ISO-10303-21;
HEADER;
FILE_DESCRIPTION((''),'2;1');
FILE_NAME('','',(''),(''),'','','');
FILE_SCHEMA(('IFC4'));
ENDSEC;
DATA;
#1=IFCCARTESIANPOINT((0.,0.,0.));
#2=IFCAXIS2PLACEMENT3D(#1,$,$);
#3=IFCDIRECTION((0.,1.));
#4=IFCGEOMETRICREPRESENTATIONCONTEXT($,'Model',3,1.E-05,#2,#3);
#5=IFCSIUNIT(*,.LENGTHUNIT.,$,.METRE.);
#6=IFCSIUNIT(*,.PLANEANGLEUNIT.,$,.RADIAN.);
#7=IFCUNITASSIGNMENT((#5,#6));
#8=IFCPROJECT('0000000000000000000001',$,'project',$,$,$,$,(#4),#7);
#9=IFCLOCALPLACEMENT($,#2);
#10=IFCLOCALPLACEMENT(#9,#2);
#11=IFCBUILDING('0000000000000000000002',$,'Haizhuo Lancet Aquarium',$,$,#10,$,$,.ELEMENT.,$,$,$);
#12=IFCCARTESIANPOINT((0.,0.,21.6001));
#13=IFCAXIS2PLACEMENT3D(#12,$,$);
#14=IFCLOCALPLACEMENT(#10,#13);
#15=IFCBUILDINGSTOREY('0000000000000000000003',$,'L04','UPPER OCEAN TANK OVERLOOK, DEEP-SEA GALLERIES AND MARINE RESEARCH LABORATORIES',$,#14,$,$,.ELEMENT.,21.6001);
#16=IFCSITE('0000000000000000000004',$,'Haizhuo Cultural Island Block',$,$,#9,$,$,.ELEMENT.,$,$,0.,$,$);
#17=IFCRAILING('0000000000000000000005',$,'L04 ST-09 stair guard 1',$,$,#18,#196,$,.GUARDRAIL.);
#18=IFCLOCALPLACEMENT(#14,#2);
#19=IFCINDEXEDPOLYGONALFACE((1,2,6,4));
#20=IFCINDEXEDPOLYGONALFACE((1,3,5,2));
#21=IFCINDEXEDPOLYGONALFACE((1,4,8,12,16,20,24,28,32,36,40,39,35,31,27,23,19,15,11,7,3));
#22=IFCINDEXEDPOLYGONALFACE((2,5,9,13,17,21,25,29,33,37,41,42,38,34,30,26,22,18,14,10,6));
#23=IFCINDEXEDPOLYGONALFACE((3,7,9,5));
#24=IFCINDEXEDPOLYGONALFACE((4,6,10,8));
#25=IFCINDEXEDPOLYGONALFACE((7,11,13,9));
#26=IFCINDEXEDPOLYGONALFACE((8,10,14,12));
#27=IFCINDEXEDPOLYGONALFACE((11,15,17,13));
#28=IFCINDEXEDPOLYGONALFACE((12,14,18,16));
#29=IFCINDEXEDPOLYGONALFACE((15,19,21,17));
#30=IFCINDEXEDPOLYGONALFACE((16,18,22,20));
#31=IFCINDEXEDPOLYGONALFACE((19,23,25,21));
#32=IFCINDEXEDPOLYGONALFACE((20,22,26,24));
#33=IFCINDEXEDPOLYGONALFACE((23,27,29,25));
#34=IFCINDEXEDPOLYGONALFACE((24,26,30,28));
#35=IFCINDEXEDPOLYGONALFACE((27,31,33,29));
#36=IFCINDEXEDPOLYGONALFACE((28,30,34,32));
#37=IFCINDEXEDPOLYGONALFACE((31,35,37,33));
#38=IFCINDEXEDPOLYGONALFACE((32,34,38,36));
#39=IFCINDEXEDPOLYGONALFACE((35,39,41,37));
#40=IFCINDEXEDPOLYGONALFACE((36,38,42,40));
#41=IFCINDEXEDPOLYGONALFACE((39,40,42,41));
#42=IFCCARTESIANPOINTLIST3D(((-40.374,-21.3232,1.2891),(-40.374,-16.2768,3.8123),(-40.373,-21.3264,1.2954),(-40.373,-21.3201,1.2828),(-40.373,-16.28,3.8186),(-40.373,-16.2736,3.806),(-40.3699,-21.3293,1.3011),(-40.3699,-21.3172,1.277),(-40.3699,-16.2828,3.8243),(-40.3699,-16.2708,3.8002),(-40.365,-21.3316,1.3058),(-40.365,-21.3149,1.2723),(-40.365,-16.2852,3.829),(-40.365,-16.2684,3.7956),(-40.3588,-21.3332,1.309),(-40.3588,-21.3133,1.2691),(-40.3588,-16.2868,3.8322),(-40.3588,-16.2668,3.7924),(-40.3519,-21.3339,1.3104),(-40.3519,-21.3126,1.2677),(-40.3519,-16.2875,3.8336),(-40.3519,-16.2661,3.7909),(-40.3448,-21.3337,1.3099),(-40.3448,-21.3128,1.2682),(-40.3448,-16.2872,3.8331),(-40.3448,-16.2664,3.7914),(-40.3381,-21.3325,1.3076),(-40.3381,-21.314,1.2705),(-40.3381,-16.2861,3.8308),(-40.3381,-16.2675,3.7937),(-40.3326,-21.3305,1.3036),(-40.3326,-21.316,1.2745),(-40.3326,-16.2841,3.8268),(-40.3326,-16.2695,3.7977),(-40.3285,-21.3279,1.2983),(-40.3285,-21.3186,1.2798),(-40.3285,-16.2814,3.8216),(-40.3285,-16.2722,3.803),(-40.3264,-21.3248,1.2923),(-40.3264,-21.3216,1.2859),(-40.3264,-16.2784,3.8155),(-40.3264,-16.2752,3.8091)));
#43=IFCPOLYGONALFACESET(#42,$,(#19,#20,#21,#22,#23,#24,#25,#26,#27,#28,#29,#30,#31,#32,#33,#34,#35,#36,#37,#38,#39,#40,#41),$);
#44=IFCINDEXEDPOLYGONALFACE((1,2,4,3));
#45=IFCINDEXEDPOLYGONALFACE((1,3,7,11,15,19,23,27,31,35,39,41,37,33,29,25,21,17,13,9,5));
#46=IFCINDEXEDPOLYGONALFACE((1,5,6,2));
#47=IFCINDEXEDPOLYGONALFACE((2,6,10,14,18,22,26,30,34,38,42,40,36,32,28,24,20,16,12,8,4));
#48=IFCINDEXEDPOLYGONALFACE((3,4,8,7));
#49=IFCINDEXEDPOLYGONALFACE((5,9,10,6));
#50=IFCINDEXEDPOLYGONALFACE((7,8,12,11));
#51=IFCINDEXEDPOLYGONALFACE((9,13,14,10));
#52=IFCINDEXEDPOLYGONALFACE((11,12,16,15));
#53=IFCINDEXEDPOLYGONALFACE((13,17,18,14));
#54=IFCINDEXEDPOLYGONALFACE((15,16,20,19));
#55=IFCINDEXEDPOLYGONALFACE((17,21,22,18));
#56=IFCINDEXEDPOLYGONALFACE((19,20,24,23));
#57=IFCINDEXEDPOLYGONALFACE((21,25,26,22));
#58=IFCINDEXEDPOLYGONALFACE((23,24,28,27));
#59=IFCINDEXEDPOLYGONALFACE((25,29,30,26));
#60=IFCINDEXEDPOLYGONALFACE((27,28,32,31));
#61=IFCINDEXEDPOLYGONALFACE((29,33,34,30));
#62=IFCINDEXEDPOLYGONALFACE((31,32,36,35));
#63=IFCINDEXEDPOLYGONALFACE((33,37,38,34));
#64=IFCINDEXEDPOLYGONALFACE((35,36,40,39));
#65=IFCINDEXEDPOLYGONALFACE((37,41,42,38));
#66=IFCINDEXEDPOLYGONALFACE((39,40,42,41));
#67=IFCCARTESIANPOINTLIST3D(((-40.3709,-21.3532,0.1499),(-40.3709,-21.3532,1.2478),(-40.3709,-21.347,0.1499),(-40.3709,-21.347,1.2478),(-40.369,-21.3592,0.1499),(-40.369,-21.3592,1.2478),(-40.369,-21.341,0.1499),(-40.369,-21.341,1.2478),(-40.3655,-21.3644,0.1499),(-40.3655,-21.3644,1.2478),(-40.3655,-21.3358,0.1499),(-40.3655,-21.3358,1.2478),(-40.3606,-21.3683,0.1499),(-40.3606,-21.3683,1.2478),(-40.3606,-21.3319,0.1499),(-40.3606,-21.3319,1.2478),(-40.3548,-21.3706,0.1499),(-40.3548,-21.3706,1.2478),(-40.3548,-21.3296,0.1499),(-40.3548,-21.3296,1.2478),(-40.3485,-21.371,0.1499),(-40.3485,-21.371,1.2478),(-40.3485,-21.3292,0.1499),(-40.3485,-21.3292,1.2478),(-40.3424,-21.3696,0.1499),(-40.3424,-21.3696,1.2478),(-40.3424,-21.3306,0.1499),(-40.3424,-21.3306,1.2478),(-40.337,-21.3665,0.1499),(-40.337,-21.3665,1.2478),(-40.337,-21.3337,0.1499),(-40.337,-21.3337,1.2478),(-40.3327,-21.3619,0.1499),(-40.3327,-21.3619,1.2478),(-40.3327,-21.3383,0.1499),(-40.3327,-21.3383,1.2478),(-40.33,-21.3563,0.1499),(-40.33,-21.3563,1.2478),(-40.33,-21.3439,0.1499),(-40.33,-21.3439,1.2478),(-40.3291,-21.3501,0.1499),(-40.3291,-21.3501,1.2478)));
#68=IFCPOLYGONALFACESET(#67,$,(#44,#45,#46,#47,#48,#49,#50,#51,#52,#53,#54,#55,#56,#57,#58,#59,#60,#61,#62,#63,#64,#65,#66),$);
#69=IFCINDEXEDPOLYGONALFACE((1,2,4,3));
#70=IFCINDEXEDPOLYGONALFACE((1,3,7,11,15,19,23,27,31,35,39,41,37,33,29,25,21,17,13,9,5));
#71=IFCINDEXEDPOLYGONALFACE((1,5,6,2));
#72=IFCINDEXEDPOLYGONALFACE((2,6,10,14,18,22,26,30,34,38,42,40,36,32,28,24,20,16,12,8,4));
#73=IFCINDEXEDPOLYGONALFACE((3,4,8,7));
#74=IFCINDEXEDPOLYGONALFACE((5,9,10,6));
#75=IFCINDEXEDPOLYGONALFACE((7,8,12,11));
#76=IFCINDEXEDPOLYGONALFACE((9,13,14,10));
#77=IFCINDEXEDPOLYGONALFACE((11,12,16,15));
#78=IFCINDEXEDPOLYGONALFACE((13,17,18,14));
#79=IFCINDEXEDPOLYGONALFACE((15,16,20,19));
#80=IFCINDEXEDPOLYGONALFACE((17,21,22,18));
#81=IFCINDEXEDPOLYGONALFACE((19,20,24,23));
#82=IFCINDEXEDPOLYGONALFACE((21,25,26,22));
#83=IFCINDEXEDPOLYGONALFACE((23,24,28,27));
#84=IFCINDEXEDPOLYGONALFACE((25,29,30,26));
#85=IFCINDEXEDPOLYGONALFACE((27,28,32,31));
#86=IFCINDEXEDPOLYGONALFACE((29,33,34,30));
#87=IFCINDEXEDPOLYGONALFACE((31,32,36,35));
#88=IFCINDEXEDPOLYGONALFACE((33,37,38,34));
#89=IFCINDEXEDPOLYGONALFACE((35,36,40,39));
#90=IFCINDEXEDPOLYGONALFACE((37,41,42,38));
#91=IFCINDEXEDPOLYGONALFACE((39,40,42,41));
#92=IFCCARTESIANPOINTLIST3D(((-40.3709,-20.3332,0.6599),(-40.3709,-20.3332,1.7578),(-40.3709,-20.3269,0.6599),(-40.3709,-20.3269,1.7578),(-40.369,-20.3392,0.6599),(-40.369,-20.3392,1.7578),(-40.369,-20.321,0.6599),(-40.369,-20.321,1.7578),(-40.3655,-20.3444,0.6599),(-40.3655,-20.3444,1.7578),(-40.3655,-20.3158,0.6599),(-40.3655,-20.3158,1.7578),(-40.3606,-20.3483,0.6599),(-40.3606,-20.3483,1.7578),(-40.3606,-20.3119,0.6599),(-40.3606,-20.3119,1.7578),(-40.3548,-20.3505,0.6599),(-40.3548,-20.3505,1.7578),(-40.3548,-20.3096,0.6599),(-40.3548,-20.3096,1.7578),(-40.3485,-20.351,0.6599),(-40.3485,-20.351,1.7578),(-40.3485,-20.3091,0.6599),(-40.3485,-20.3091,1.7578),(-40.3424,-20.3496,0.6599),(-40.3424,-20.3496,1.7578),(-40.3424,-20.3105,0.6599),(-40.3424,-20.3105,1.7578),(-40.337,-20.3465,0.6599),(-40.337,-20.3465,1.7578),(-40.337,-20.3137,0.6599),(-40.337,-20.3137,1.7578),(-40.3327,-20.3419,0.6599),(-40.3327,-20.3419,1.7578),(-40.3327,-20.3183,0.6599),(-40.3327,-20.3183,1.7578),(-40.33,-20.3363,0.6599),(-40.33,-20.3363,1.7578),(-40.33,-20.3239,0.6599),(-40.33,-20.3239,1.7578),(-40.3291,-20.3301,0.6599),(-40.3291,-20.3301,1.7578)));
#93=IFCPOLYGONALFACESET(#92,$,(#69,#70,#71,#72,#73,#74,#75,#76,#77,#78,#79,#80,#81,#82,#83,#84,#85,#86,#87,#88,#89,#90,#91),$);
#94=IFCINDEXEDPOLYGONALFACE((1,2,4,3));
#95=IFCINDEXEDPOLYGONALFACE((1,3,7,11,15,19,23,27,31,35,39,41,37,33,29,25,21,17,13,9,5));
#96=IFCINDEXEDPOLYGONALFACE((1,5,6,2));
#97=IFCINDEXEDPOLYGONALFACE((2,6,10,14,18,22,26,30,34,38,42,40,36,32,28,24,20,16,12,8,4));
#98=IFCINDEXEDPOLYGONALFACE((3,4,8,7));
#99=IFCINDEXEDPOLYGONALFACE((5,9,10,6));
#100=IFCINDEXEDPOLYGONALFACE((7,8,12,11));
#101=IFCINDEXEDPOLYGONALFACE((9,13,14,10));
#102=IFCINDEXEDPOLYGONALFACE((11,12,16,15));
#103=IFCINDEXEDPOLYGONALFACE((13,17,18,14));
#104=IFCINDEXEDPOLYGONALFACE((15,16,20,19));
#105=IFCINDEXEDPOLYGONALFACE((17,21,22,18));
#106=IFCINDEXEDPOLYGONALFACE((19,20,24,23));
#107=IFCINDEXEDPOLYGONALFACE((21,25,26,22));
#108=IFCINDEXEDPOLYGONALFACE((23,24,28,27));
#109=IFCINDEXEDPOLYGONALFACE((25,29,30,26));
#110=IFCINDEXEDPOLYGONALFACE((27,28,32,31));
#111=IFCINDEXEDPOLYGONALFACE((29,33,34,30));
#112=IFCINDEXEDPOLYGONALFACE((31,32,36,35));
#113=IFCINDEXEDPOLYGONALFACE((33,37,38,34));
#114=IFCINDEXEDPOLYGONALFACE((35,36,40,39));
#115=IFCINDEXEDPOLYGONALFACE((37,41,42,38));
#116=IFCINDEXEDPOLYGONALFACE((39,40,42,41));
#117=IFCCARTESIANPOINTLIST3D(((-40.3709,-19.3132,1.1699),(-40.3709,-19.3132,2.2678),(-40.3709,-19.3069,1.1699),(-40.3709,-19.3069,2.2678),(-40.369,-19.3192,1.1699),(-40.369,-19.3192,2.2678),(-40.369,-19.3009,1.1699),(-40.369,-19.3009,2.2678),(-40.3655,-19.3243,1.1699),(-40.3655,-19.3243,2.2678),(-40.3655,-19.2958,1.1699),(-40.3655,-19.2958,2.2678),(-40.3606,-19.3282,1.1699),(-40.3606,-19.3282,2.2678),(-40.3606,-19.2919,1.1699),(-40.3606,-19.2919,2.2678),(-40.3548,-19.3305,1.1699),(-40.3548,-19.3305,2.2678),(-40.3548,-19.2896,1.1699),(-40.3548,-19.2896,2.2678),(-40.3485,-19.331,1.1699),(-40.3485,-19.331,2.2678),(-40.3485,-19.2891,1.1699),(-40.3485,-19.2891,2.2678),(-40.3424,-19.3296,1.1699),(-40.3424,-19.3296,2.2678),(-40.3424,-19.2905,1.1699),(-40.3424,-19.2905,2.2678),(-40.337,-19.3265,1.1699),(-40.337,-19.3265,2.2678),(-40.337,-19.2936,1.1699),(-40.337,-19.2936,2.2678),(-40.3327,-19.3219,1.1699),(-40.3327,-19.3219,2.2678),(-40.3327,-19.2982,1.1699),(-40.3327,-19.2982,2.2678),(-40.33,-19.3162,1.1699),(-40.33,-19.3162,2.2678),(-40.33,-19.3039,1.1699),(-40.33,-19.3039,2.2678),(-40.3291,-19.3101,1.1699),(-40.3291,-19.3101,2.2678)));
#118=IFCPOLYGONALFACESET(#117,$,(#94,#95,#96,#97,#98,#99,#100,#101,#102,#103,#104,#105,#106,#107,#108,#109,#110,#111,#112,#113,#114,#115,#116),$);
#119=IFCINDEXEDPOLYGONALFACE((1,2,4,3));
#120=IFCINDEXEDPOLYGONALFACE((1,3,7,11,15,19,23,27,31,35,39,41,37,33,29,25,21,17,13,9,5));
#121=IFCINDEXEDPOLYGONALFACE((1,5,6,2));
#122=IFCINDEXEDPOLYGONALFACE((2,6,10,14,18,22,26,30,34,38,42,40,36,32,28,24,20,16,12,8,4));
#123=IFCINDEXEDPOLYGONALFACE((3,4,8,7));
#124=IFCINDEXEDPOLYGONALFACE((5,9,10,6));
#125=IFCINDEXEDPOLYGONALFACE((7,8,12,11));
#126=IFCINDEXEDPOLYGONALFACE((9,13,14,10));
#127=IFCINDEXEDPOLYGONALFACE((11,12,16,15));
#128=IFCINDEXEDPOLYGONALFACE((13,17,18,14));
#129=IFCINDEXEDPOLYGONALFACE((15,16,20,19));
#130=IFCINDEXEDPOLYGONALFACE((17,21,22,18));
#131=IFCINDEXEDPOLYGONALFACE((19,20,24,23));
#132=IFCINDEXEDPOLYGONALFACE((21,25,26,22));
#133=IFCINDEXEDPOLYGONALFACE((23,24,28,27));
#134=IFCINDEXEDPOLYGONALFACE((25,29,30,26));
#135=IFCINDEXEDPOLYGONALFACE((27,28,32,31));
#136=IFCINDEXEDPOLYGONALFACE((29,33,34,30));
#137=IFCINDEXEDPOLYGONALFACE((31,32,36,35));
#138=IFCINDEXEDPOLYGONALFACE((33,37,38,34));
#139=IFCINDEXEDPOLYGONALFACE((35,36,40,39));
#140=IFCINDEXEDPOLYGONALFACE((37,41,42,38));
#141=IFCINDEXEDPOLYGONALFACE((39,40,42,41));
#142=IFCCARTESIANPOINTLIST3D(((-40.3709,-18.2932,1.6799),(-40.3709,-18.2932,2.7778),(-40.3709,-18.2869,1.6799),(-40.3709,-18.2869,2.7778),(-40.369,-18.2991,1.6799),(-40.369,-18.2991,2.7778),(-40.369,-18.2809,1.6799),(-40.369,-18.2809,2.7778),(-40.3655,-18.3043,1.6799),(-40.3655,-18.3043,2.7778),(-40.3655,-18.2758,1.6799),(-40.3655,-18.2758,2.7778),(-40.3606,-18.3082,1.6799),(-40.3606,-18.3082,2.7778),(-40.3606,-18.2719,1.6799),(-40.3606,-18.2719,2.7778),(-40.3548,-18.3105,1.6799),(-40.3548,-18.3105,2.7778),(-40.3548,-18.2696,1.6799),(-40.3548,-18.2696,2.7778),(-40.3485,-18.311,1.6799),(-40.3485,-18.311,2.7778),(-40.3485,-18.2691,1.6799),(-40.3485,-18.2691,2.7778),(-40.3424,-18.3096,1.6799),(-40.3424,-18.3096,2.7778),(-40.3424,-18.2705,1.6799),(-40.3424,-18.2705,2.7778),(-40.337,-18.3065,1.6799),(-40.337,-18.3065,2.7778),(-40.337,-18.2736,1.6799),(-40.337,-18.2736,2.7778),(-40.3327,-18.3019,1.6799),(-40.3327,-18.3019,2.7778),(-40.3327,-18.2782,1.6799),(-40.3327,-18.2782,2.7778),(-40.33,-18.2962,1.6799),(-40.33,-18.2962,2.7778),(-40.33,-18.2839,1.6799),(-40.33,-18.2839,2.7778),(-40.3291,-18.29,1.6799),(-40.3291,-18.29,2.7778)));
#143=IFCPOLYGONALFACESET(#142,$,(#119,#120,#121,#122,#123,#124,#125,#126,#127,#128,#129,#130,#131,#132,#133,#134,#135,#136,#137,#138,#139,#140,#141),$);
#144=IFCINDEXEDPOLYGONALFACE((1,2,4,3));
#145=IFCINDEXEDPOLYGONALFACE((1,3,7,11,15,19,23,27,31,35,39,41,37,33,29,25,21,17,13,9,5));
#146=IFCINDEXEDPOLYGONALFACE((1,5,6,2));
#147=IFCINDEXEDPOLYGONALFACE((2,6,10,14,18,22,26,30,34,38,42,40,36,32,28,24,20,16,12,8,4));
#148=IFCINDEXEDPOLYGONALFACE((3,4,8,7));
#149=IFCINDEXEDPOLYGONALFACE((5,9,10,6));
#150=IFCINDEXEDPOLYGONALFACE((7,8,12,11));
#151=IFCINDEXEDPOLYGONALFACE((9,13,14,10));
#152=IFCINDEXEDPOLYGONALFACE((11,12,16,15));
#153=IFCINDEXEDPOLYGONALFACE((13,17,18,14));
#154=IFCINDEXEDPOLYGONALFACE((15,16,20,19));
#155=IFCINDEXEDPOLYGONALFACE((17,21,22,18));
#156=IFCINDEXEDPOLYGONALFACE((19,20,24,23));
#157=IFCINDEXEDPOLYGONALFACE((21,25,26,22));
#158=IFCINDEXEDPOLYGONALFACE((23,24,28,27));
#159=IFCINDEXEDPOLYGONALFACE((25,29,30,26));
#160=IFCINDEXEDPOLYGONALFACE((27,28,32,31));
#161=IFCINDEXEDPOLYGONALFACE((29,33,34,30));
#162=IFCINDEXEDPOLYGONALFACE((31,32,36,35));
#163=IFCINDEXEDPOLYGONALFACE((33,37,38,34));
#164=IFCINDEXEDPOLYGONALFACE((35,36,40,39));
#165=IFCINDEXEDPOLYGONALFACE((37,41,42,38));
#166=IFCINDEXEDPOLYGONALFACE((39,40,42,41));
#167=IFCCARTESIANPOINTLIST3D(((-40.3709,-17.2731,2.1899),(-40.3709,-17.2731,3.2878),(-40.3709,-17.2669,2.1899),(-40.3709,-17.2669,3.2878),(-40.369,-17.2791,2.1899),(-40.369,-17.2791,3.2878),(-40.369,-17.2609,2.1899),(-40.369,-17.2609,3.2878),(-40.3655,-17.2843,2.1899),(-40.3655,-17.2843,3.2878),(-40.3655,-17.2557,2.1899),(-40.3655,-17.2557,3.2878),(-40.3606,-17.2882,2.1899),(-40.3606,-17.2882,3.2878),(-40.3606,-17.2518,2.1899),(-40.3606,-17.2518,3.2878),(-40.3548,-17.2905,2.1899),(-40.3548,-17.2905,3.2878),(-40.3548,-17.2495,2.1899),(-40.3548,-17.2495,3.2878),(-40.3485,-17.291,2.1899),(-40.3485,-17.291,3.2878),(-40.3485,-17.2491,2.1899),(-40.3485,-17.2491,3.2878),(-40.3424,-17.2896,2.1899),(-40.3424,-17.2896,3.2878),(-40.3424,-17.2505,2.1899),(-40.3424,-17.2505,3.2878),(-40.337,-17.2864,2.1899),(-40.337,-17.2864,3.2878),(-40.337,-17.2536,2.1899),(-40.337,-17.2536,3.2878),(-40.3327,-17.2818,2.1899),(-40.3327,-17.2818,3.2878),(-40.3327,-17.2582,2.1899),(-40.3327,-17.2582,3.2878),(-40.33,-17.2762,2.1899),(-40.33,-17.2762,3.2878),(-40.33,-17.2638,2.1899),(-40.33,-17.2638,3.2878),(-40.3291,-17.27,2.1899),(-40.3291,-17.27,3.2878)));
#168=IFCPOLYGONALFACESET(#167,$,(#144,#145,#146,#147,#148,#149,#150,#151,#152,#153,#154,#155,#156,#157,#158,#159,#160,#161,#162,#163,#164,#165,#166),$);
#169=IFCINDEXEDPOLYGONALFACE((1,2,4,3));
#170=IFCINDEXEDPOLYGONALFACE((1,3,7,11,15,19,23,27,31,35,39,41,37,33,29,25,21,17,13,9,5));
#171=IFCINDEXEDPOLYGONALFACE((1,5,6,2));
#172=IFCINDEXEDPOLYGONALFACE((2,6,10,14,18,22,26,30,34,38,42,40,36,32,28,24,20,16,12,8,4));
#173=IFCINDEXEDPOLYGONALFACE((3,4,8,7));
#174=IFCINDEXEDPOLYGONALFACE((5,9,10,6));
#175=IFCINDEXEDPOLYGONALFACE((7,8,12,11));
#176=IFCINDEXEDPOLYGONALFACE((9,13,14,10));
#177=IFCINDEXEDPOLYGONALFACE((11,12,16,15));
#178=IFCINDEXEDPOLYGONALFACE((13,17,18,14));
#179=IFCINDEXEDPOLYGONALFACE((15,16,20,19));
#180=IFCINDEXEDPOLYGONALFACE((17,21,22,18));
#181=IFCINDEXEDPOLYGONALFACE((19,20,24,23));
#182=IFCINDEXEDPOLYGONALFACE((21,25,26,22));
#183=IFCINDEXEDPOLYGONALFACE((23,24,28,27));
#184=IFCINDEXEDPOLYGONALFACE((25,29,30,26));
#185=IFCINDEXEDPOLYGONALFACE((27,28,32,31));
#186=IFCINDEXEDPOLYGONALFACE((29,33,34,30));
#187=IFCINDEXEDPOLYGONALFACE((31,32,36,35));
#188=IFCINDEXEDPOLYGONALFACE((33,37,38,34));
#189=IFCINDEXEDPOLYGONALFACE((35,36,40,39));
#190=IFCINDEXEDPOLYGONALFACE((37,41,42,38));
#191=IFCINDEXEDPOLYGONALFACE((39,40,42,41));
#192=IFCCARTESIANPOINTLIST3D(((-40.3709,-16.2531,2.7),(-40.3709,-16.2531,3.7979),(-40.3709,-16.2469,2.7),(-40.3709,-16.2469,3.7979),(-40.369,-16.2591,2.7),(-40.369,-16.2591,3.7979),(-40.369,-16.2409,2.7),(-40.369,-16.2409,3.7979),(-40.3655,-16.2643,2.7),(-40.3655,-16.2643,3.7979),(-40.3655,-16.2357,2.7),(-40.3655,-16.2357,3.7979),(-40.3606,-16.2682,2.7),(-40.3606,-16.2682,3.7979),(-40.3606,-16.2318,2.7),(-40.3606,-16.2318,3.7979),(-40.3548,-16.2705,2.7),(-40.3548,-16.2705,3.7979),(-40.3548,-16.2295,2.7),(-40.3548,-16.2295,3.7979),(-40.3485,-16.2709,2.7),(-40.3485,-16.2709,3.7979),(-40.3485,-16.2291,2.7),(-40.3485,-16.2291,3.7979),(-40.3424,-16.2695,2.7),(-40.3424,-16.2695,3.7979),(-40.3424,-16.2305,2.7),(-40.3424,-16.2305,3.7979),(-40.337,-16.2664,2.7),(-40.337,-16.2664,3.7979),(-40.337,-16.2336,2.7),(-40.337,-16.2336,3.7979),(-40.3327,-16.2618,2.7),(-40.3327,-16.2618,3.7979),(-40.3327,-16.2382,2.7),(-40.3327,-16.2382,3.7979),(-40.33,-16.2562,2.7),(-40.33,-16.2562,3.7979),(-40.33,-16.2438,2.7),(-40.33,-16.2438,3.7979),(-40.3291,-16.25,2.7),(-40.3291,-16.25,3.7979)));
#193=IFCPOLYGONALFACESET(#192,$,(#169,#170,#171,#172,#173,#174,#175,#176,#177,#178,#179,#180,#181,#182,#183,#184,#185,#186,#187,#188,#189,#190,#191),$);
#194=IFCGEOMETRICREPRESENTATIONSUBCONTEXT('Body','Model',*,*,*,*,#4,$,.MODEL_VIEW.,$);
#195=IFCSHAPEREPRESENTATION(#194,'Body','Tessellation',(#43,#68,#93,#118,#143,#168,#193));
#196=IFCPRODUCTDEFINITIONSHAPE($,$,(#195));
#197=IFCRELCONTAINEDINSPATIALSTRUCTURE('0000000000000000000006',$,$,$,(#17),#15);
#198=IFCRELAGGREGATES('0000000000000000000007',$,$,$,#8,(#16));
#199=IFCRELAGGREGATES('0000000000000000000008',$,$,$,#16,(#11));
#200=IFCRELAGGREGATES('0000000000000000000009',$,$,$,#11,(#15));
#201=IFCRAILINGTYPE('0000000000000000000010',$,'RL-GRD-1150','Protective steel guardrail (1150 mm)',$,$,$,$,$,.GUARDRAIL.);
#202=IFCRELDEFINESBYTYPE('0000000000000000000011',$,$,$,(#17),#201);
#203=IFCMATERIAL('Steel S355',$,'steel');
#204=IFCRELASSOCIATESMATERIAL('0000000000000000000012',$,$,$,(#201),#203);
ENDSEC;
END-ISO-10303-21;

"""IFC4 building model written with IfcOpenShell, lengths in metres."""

from ifc_helpers import new_model, si_unit, direction, frame, origin, origin_2d, place, context, subcontext, project, spatial, circle, extrude, material, type_object, element, save


model = new_model("IFC4")

# Units and contexts
model_context = context("Model", 3, precision=1e-05, world=origin(), true_north=direction((0.0, 1.0)))
body_context = subcontext(model_context, "Body", "Model", "MODEL_VIEW")
ifc_project = project(units=[si_unit("LENGTHUNIT", "METRE"), si_unit("PLANEANGLEUNIT", "RADIAN")], contexts=[model_context])

# Site, building, storey
site_placement = place(None, origin())
site = spatial("IfcSite", under=ifc_project, at=site_placement, Name="Haizhuo Cultural Island Block", CompositionType="ELEMENT", RefElevation=0.0)
building_placement = place(site_placement, origin())
building = spatial("IfcBuilding", under=site, at=building_placement, Name="Haizhuo Lancet Aquarium", CompositionType="ELEMENT")
storey_placement = place(building_placement, frame((0.0, 0.0, 21.6001)))
storey = spatial("IfcBuildingStorey", under=building, at=storey_placement, Name="L04", Description="UPPER OCEAN TANK OVERLOOK, DEEP-SEA GALLERIES AND MARINE RESEARCH LABORATORIES", CompositionType="ELEMENT", Elevation=21.6001)

# Shared definitions
ifc_material_1 = material(Name="Steel S355", Category="steel")

# Railing
railing_type_1 = type_object("IfcRailingType", Name="RL-GRD-1150", Description="Protective steel guardrail (1150 mm)", PredefinedType="GUARDRAIL", material=ifc_material_1)
railing_1_placement = place(storey_placement, frame((-40.3501, -21.3501, 0.1499)))
element("IfcRailing", 1, at=railing_1_placement, inside=storey, type_object=railing_type_1, Name="L04 ST-09 stair guard 1", PredefinedType="GUARDRAIL", context=body_context, shape_type="SweptSolid", body=[
    extrude(circle(Radius=0.0239, at=origin_2d()), frame((0.0, 0.0269, 1.1392), z_axis=(0.0, 0.894427, 0.447214), x_axis=(-1.0, 0.0, 0.0)), (0.0, 0.0, 1.0), 5.6421),
    extrude(circle(Radius=0.021, at=origin_2d()), origin(), (0.0, 0.0, 1.0), 1.0979),
    extrude(circle(Radius=0.021, at=origin_2d()), frame((0.0, 1.02, 0.51)), (0.0, 0.0, 1.0), 1.0979),
    extrude(circle(Radius=0.021, at=origin_2d()), frame((0.0, 2.04, 1.02)), (0.0, 0.0, 1.0), 1.0979),
    extrude(circle(Radius=0.021, at=origin_2d()), frame((0.0, 3.0601, 1.53)), (0.0, 0.0, 1.0), 1.0979),
    extrude(circle(Radius=0.021, at=origin_2d()), frame((0.0, 4.0801, 2.04)), (0.0, 0.0, 1.0), 1.0979),
    extrude(circle(Radius=0.021, at=origin_2d()), frame((0.0, 5.1001, 2.55)), (0.0, 0.0, 1.0), 1.0979),
])

save(model, "model.ifc")
